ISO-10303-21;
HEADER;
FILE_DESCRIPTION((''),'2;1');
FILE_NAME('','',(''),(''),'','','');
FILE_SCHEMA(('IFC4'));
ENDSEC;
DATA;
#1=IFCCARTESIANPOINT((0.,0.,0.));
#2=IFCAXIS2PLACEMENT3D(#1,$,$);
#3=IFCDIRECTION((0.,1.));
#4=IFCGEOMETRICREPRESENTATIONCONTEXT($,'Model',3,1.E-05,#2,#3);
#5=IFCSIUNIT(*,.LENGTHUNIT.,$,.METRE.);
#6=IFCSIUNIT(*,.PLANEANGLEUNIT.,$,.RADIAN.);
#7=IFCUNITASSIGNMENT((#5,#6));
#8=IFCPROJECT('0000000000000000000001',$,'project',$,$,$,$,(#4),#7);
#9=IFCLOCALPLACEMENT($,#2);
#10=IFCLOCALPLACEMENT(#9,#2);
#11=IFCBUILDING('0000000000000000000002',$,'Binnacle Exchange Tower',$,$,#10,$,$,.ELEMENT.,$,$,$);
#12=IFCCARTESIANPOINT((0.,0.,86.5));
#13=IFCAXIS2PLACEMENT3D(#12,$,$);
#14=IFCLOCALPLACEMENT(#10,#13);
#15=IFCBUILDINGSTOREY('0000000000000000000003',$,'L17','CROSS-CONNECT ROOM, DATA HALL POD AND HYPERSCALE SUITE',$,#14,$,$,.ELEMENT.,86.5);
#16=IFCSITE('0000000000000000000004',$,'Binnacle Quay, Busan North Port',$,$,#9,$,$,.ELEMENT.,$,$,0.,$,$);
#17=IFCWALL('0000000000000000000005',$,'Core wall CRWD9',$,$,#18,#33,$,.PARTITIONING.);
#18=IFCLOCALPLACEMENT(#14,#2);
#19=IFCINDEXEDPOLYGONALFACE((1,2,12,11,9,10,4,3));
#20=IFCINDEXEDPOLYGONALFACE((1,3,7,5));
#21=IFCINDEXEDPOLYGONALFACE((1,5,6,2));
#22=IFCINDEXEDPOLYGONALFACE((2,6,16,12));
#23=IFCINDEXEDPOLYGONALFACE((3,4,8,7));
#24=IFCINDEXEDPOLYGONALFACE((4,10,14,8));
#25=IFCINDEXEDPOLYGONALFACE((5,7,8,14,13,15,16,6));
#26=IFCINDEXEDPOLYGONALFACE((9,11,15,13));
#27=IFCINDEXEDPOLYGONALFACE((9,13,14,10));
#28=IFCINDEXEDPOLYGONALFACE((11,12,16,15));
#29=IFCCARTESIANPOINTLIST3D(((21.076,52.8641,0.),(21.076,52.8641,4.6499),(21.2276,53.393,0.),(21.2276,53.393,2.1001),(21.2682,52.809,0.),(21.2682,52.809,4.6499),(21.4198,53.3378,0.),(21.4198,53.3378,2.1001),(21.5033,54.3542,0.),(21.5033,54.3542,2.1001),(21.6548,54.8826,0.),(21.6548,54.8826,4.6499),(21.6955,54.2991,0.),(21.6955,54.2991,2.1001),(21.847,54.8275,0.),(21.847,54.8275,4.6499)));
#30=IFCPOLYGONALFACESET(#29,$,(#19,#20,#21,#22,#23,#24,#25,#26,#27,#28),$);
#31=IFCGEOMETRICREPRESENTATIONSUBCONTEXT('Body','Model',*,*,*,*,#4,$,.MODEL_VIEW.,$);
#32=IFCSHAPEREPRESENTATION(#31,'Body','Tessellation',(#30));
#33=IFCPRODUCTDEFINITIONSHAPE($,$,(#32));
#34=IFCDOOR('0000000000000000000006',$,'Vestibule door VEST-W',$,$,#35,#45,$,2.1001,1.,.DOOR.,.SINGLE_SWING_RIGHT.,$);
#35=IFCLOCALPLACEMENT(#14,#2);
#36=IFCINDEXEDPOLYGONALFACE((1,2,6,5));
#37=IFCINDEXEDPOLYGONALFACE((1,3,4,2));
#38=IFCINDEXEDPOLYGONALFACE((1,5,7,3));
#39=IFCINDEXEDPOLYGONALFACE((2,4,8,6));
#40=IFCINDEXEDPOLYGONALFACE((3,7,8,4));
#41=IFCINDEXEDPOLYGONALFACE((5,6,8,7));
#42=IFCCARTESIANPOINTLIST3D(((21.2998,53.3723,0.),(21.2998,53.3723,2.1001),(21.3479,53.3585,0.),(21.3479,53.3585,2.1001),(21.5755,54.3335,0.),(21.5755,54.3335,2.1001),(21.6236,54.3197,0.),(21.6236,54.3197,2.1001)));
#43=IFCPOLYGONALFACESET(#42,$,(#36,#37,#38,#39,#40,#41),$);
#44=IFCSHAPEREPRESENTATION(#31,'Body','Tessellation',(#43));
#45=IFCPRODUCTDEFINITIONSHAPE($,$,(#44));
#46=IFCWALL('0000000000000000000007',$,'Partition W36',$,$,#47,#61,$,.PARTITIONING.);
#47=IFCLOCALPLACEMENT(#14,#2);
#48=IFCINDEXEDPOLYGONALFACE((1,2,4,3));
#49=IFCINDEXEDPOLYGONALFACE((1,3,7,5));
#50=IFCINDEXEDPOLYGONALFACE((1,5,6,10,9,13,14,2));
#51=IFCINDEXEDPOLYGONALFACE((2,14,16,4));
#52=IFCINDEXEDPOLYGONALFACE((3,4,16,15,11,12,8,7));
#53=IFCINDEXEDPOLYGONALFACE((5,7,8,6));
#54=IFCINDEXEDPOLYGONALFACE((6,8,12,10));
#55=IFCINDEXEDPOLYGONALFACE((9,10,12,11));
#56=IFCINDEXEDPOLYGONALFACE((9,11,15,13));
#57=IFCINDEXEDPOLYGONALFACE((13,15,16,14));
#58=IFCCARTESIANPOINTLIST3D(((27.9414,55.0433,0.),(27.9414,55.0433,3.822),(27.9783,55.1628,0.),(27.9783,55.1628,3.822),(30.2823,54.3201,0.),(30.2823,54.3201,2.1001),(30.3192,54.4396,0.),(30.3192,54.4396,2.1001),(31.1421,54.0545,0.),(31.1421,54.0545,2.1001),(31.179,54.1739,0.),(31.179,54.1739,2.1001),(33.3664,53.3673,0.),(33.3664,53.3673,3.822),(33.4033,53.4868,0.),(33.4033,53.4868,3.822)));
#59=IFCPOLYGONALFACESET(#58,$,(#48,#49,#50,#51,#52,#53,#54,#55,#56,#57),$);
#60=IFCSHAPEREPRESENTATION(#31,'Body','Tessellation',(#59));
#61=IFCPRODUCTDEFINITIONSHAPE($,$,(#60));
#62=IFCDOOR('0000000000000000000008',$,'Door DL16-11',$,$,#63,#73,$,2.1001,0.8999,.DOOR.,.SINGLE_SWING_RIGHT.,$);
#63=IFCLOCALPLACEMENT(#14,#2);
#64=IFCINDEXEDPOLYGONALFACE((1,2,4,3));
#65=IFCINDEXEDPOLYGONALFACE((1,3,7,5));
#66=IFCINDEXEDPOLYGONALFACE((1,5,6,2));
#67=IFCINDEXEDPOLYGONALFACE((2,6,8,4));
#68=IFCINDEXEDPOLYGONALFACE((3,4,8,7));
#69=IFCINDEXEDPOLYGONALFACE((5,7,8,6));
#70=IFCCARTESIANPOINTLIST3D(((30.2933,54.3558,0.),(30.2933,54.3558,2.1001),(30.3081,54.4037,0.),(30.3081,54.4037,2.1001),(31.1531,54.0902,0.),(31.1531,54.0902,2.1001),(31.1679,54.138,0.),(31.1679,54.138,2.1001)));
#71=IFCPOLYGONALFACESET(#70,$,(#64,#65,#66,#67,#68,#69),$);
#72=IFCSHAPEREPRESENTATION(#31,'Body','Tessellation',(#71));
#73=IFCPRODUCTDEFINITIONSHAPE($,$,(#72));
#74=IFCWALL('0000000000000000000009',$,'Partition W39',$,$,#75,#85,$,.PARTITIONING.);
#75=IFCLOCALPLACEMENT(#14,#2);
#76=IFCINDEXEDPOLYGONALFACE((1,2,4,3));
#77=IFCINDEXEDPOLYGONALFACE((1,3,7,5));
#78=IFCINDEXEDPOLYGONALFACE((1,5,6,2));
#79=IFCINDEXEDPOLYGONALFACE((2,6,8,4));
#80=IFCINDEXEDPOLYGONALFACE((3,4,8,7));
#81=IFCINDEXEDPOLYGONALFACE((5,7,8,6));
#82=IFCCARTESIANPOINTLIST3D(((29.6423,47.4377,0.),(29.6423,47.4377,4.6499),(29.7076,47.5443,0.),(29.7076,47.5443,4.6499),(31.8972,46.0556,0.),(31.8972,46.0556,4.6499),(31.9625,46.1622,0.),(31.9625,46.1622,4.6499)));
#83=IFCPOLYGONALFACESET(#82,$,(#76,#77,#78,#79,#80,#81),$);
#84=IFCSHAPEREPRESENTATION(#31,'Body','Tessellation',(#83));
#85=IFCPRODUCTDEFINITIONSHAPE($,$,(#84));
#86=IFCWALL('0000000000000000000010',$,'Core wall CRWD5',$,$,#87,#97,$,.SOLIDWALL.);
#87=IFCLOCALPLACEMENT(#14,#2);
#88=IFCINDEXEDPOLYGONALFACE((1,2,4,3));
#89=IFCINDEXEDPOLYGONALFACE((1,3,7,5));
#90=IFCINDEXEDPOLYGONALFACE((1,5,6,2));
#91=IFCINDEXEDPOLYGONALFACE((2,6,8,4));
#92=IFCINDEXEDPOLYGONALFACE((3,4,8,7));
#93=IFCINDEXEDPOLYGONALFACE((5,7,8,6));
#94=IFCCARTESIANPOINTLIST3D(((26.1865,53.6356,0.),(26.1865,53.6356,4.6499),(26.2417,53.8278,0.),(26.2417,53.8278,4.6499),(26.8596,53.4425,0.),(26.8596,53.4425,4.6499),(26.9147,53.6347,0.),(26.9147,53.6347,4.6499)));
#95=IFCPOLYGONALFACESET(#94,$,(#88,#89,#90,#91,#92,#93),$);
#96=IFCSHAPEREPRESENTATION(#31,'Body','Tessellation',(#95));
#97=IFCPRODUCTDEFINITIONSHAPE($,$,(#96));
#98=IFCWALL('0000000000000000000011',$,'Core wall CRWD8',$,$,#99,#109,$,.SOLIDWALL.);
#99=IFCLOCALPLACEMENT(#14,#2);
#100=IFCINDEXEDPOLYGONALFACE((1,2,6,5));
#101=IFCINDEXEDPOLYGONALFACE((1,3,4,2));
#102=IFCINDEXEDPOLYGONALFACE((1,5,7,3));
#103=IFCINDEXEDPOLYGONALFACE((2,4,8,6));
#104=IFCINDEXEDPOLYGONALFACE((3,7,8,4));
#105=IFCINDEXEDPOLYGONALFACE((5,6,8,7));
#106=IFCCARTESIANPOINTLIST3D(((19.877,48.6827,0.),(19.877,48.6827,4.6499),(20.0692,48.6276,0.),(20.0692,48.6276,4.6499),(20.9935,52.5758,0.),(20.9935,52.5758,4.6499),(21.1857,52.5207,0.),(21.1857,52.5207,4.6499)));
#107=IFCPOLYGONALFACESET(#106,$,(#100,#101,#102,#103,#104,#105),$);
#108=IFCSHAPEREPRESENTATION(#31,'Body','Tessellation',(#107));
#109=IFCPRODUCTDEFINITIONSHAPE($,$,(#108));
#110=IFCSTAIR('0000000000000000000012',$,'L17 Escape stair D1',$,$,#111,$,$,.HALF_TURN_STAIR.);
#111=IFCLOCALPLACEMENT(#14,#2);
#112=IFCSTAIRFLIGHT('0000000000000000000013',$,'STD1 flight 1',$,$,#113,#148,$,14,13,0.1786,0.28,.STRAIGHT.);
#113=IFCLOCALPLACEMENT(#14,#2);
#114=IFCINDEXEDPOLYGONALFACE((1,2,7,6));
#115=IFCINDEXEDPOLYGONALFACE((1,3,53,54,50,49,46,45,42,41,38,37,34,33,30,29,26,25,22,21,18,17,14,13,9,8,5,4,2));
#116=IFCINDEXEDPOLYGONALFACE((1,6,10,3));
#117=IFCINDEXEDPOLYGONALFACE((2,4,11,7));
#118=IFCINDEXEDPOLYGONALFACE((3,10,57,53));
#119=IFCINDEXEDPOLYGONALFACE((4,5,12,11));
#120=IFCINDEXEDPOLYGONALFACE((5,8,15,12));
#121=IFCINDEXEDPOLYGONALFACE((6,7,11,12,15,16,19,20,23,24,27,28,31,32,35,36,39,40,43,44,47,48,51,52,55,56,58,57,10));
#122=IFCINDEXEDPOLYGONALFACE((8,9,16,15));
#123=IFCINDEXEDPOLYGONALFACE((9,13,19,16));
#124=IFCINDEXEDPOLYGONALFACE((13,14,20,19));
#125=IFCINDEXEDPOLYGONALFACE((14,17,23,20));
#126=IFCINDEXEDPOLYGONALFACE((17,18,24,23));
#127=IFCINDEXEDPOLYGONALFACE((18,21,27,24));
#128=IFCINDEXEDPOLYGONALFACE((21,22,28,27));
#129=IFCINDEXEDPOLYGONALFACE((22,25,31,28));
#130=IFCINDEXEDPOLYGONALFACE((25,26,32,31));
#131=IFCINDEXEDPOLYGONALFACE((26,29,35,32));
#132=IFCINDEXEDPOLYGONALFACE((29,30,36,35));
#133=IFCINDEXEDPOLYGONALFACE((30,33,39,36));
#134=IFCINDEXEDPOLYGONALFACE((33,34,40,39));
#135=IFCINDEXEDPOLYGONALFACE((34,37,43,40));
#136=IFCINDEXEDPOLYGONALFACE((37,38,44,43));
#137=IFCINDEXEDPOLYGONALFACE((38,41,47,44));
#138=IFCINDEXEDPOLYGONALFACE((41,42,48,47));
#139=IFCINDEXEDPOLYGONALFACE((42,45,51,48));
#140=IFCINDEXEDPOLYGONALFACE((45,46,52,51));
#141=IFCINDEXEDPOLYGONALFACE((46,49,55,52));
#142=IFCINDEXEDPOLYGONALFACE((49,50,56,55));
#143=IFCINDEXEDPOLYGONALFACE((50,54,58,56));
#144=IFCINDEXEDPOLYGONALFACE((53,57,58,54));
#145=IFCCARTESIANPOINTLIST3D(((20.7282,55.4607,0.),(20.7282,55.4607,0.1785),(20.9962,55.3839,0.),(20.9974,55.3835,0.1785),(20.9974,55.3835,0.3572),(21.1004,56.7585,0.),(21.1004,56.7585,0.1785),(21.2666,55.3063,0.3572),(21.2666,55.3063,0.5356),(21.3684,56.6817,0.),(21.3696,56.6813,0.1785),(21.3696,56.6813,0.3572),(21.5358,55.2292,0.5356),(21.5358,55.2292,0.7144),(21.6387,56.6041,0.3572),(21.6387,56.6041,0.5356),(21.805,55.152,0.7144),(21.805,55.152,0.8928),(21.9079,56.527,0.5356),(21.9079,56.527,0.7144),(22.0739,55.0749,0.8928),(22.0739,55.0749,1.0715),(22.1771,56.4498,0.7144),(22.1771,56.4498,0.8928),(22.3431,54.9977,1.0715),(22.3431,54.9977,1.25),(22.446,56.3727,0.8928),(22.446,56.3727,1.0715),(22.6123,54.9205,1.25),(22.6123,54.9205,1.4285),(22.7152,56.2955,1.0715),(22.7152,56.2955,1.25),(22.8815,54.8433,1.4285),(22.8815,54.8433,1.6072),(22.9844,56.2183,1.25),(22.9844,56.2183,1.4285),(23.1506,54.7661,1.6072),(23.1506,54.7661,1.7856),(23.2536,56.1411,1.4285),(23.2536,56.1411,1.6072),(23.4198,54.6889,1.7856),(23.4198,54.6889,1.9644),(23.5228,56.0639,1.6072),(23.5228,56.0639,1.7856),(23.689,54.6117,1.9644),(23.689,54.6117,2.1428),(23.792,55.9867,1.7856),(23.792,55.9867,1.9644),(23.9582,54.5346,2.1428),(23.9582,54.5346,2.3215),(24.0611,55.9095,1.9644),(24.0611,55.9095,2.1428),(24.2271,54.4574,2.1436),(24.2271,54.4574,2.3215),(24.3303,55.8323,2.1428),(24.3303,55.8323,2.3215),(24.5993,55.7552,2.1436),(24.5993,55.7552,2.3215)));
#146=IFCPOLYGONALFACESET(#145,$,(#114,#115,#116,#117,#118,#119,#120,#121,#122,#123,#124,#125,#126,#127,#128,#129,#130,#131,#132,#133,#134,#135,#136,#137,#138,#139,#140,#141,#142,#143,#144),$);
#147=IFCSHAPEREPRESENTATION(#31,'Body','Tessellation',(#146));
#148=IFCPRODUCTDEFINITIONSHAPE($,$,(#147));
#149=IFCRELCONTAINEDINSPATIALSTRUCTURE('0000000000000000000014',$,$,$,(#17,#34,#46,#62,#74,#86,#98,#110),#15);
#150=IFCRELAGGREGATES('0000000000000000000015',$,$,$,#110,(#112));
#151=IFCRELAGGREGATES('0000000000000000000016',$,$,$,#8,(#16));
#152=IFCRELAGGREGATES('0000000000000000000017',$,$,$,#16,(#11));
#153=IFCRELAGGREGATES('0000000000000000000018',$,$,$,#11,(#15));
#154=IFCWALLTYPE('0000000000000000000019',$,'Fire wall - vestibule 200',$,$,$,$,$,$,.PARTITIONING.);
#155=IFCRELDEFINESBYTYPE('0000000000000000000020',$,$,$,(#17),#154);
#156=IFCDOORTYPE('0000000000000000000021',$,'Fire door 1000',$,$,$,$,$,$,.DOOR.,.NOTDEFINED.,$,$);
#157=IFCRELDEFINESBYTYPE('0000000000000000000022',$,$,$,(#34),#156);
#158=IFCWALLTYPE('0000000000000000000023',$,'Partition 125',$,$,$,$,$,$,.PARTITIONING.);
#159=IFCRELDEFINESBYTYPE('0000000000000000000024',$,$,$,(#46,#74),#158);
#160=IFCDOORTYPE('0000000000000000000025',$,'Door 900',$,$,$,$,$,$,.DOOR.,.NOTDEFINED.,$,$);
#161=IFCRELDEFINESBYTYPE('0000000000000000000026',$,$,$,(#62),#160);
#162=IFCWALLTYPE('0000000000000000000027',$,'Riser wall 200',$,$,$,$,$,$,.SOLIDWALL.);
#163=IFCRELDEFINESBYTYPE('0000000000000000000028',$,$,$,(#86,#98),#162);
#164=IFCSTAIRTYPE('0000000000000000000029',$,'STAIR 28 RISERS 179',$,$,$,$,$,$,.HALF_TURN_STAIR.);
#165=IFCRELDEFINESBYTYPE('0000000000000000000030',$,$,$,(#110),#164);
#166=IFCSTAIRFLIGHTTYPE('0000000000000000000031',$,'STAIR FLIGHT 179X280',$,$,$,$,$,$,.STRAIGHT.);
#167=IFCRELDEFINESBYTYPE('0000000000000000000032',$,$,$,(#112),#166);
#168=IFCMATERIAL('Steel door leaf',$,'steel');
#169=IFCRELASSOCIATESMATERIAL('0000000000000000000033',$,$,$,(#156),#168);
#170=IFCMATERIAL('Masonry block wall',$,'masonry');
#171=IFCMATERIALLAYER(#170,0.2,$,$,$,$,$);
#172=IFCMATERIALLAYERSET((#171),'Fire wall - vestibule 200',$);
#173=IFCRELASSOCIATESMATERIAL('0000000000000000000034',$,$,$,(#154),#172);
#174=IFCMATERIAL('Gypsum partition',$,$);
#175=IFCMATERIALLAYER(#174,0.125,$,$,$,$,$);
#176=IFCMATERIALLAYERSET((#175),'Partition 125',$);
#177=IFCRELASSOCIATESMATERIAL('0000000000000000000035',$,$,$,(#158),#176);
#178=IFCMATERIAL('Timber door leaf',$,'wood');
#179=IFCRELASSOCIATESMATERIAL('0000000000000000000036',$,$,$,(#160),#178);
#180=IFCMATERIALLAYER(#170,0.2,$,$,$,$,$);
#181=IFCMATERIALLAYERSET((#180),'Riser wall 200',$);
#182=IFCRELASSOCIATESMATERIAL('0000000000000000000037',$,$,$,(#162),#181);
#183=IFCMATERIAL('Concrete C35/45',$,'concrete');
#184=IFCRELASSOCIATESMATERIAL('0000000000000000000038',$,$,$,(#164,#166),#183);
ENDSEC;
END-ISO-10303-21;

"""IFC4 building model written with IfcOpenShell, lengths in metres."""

from ifc_helpers import new_model, si_unit, direction, frame, frame_2d, origin, place, context, subcontext, project, spatial, polyline, rectangle, outline, extrude, material, layer, layer_set, type_object, element, fill, aggregate, save


model = new_model("IFC4")

# Units and contexts
model_context = context("Model", 3, precision=1e-05, world=origin(), true_north=direction((0.0, 1.0)))
body_context = subcontext(model_context, "Body", "Model", "MODEL_VIEW")
ifc_project = project(units=[si_unit("LENGTHUNIT", "METRE"), si_unit("PLANEANGLEUNIT", "RADIAN")], contexts=[model_context])

# Site, building, storey
site_placement = place(None, origin())
site = spatial("IfcSite", under=ifc_project, at=site_placement, Name="Binnacle Quay, Busan North Port", CompositionType="ELEMENT", RefElevation=0.0)
building_placement = place(site_placement, origin())
building = spatial("IfcBuilding", under=site, at=building_placement, Name="Binnacle Exchange Tower", CompositionType="ELEMENT")
storey_placement = place(building_placement, frame((0.0, 0.0, 86.5)))
storey = spatial("IfcBuildingStorey", under=building, at=storey_placement, Name="L17", Description="CROSS-CONNECT ROOM, DATA HALL POD AND HYPERSCALE SUITE", CompositionType="ELEMENT", Elevation=86.5)

# Shared definitions
ifc_material_1 = material(Name="Steel door leaf", Category="steel")

# Shared definitions
door_type_1 = type_object("IfcDoorType", Name="Fire door 1000", OperationType="NOTDEFINED", PredefinedType="DOOR", material=ifc_material_1)

# Shared definitions
ifc_material_2 = material(Name="Masonry block wall", Category="masonry")

# Walls, openings, doors
ifc_layer_1 = layer(ifc_material_2, 0.2)
ifc_layer_set_1 = layer_set([ifc_layer_1], Name="Fire wall - vestibule 200")
wall_type_1 = type_object("IfcWallType", Name="Fire wall - vestibule 200", PredefinedType="PARTITIONING", material=ifc_layer_set_1)
wall_1_placement = place(storey_placement, frame((21.1721, 52.8367, 0.0), z_axis=(0.0, 0.0, 1.0), x_axis=(0.275658, 0.961256, 0.0)))
wall_1 = element("IfcWall", 1, at=wall_1_placement, inside=storey, type_object=wall_type_1, Name="Core wall CRWD9", PredefinedType="PARTITIONING", context=body_context, shape_type="SweptSolid", body=[
    extrude(rectangle(XDim=2.0999, YDim=0.2, at=frame_2d((1.0498, 0.0))), origin(), (0.0, 0.0, 1.0), 4.6499),
])
opening_1_placement = place(wall_1_placement, frame((0.55, 0.0, 0.0)))
opening_1 = element("IfcOpeningElement", 2, at=opening_1_placement, cuts=wall_1, PredefinedType="OPENING", context=body_context, shape_type="SweptSolid", body=[
    extrude(rectangle(XDim=1.0, YDim=2.1001, at=frame_2d((0.5, 1.05))), frame((0.0, 0.1099, 0.0), z_axis=(0.0, -1.0, 0.0), x_axis=(1.0, 0.0, 0.0)), (0.0, 0.0, 1.0), 0.22),
])
door_1_placement = place(opening_1_placement, origin())
door_1 = element("IfcDoor", 3, at=door_1_placement, inside=storey, type_object=door_type_1, Name="Vestibule door VEST-W", OperationType="SINGLE_SWING_RIGHT", OverallHeight=2.1001, OverallWidth=1.0, PredefinedType="DOOR", context=body_context, shape_type="SweptSolid", body=[
    extrude(rectangle(XDim=1.0, YDim=2.1001, at=frame_2d((0.5, 1.05))), frame((0.0, 0.0249, 0.0), z_axis=(0.0, -1.0, 0.0), x_axis=(1.0, 0.0, 0.0)), (0.0, 0.0, 1.0), 0.05),
])
fill(opening_1, door_1)
ifc_material_3 = material(Name="Gypsum partition")
ifc_layer_2 = layer(ifc_material_3, 0.125)
ifc_layer_set_2 = layer_set([ifc_layer_2], Name="Partition 125")
wall_type_2 = type_object("IfcWallType", Name="Partition 125", PredefinedType="PARTITIONING", material=ifc_layer_set_2)
wall_2_placement = place(storey_placement, frame((27.96, 55.103, 0.0), z_axis=(0.0, 0.0, 1.0), x_axis=(0.955443, -0.295176, 0.0)))
wall_2 = element("IfcWall", 4, at=wall_2_placement, inside=storey, type_object=wall_type_2, Name="Partition W36", PredefinedType="PARTITIONING", context=body_context, shape_type="SweptSolid", body=[
    extrude(rectangle(XDim=5.678, YDim=0.125, at=frame_2d((2.8389, 0.0))), origin(), (0.0, 0.0, 1.0), 3.822),
])
opening_2_placement = place(wall_2_placement, frame((2.45, 0.0, 0.0)))
opening_2 = element("IfcOpeningElement", 5, at=opening_2_placement, cuts=wall_2, PredefinedType="OPENING", context=body_context, shape_type="SweptSolid", body=[
    extrude(rectangle(XDim=0.8999, YDim=2.1001, at=frame_2d((0.45, 1.05))), frame((0.0, 0.0725, 0.0), z_axis=(0.0, -1.0, 0.0), x_axis=(1.0, 0.0, 0.0)), (0.0, 0.0, 1.0), 0.145),
])
ifc_material_4 = material(Name="Timber door leaf", Category="wood")
door_type_2 = type_object("IfcDoorType", Name="Door 900", OperationType="NOTDEFINED", PredefinedType="DOOR", material=ifc_material_4)
door_2_placement = place(opening_2_placement, origin())
door_2 = element("IfcDoor", 6, at=door_2_placement, inside=storey, type_object=door_type_2, Name="Door DL16-11", OperationType="SINGLE_SWING_RIGHT", OverallHeight=2.1001, OverallWidth=0.8999, PredefinedType="DOOR", context=body_context, shape_type="SweptSolid", body=[
    extrude(rectangle(XDim=0.8999, YDim=2.1001, at=frame_2d((0.45, 1.05))), frame((0.0, 0.0249, 0.0), z_axis=(0.0, -1.0, 0.0), x_axis=(1.0, 0.0, 0.0)), (0.0, 0.0, 1.0), 0.05),
])
fill(opening_2, door_2)

# Walls
wall_3_placement = place(storey_placement, frame((29.675, 47.491, 0.0), z_axis=(0.0, 0.0, 1.0), x_axis=(0.852592, -0.522577, 0.0)))
element("IfcWall", 7, at=wall_3_placement, inside=storey, type_object=wall_type_2, Name="Partition W39", PredefinedType="PARTITIONING", context=body_context, shape_type="SweptSolid", body=[
    extrude(rectangle(XDim=2.6448, YDim=0.125, at=frame_2d((1.3223, 0.0))), origin(), (0.0, 0.0, 1.0), 4.6499),
])
ifc_layer_3 = layer(ifc_material_2, 0.2)
ifc_layer_set_3 = layer_set([ifc_layer_3], Name="Riser wall 200")
wall_type_3 = type_object("IfcWallType", Name="Riser wall 200", PredefinedType="SOLIDWALL", material=ifc_layer_set_3)
wall_4_placement = place(storey_placement, frame((26.2141, 53.7317, 0.0), z_axis=(0.0, 0.0, 1.0), x_axis=(0.961221, -0.27578, 0.0)))
element("IfcWall", 8, at=wall_4_placement, inside=storey, type_object=wall_type_3, Name="Core wall CRWD5", PredefinedType="SOLIDWALL", context=body_context, shape_type="SweptSolid", body=[
    extrude(rectangle(XDim=0.7002, YDim=0.2, at=frame_2d((0.3501, 0.0))), origin(), (0.0, 0.0, 1.0), 4.6499),
])
wall_5_placement = place(storey_placement, frame((19.9731, 48.6553, 0.0), z_axis=(0.0, 0.0, 1.0), x_axis=(0.275668, 0.961253, 0.0)))
element("IfcWall", 9, at=wall_5_placement, inside=storey, type_object=wall_type_3, Name="Core wall CRWD8", PredefinedType="SOLIDWALL", context=body_context, shape_type="SweptSolid", body=[
    extrude(rectangle(XDim=4.05, YDim=0.2, at=frame_2d((2.0249, 0.0))), origin(), (0.0, 0.0, 1.0), 4.6499),
])

# Stair, stair flight
ifc_material_5 = material(Name="Concrete C35/45", Category="concrete")
stair_type = type_object("IfcStairType", Name="STAIR 28 RISERS 179", PredefinedType="HALF_TURN_STAIR", material=ifc_material_5)
stair_placement = place(storey_placement, origin())
stair = element("IfcStair", 10, at=stair_placement, inside=storey, type_object=stair_type, Name="L17 Escape stair D1", PredefinedType="HALF_TURN_STAIR")
stair_flight_type = type_object("IfcStairFlightType", Name="STAIR FLIGHT 179X280", PredefinedType="STRAIGHT", material=ifc_material_5)
stair_flight_1_placement = place(storey_placement, frame((20.9143, 56.1096, 0.0), z_axis=(0.0, 0.0, 1.0), x_axis=(0.961262, -0.275637, 0.0)))
stair_flight_1 = element("IfcStairFlight", 11, at=stair_flight_1_placement, type_object=stair_flight_type, Name="STD1 flight 1", NumberOfRisers=14, NumberOfTreads=13, PredefinedType="STRAIGHT", RiserHeight=0.1786, TreadLength=0.28, context=body_context, shape_type="SweptSolid", body=[
    extrude(outline(polyline([(0.0, 0.0), (0.0, 0.1785), (0.28, 0.1785), (0.28, 0.3572), (0.5601, 0.3572), (0.5601, 0.5356), (0.8401, 0.5356), (0.8401, 0.7144), (1.1201, 0.7144), (1.1201, 0.8928), (1.3999, 0.8928), (1.3999, 1.0715), (1.6799, 1.0715), (1.6799, 1.25), (1.96, 1.25), (1.96, 1.4285), (2.24, 1.4285), (2.24, 1.6072), (2.52, 1.6072), (2.52, 1.7856), (2.8, 1.7856), (2.8, 1.9644), (3.0801, 1.9644), (3.0801, 2.1428), (3.3601, 2.1428), (3.3601, 2.3215), (3.6399, 2.3215), (3.6399, 2.5), (3.6399, 2.1436), (0.2788, 0.0), (0.0, 0.0)])), frame((0.0, 0.675, 0.0), z_axis=(0.0, -1.0, 0.0), x_axis=(1.0, 0.0, 0.0)), (0.0, 0.0, 1.0), 1.3501),
])
aggregate(stair, [stair_flight_1])

save(model, "model.ifc")
